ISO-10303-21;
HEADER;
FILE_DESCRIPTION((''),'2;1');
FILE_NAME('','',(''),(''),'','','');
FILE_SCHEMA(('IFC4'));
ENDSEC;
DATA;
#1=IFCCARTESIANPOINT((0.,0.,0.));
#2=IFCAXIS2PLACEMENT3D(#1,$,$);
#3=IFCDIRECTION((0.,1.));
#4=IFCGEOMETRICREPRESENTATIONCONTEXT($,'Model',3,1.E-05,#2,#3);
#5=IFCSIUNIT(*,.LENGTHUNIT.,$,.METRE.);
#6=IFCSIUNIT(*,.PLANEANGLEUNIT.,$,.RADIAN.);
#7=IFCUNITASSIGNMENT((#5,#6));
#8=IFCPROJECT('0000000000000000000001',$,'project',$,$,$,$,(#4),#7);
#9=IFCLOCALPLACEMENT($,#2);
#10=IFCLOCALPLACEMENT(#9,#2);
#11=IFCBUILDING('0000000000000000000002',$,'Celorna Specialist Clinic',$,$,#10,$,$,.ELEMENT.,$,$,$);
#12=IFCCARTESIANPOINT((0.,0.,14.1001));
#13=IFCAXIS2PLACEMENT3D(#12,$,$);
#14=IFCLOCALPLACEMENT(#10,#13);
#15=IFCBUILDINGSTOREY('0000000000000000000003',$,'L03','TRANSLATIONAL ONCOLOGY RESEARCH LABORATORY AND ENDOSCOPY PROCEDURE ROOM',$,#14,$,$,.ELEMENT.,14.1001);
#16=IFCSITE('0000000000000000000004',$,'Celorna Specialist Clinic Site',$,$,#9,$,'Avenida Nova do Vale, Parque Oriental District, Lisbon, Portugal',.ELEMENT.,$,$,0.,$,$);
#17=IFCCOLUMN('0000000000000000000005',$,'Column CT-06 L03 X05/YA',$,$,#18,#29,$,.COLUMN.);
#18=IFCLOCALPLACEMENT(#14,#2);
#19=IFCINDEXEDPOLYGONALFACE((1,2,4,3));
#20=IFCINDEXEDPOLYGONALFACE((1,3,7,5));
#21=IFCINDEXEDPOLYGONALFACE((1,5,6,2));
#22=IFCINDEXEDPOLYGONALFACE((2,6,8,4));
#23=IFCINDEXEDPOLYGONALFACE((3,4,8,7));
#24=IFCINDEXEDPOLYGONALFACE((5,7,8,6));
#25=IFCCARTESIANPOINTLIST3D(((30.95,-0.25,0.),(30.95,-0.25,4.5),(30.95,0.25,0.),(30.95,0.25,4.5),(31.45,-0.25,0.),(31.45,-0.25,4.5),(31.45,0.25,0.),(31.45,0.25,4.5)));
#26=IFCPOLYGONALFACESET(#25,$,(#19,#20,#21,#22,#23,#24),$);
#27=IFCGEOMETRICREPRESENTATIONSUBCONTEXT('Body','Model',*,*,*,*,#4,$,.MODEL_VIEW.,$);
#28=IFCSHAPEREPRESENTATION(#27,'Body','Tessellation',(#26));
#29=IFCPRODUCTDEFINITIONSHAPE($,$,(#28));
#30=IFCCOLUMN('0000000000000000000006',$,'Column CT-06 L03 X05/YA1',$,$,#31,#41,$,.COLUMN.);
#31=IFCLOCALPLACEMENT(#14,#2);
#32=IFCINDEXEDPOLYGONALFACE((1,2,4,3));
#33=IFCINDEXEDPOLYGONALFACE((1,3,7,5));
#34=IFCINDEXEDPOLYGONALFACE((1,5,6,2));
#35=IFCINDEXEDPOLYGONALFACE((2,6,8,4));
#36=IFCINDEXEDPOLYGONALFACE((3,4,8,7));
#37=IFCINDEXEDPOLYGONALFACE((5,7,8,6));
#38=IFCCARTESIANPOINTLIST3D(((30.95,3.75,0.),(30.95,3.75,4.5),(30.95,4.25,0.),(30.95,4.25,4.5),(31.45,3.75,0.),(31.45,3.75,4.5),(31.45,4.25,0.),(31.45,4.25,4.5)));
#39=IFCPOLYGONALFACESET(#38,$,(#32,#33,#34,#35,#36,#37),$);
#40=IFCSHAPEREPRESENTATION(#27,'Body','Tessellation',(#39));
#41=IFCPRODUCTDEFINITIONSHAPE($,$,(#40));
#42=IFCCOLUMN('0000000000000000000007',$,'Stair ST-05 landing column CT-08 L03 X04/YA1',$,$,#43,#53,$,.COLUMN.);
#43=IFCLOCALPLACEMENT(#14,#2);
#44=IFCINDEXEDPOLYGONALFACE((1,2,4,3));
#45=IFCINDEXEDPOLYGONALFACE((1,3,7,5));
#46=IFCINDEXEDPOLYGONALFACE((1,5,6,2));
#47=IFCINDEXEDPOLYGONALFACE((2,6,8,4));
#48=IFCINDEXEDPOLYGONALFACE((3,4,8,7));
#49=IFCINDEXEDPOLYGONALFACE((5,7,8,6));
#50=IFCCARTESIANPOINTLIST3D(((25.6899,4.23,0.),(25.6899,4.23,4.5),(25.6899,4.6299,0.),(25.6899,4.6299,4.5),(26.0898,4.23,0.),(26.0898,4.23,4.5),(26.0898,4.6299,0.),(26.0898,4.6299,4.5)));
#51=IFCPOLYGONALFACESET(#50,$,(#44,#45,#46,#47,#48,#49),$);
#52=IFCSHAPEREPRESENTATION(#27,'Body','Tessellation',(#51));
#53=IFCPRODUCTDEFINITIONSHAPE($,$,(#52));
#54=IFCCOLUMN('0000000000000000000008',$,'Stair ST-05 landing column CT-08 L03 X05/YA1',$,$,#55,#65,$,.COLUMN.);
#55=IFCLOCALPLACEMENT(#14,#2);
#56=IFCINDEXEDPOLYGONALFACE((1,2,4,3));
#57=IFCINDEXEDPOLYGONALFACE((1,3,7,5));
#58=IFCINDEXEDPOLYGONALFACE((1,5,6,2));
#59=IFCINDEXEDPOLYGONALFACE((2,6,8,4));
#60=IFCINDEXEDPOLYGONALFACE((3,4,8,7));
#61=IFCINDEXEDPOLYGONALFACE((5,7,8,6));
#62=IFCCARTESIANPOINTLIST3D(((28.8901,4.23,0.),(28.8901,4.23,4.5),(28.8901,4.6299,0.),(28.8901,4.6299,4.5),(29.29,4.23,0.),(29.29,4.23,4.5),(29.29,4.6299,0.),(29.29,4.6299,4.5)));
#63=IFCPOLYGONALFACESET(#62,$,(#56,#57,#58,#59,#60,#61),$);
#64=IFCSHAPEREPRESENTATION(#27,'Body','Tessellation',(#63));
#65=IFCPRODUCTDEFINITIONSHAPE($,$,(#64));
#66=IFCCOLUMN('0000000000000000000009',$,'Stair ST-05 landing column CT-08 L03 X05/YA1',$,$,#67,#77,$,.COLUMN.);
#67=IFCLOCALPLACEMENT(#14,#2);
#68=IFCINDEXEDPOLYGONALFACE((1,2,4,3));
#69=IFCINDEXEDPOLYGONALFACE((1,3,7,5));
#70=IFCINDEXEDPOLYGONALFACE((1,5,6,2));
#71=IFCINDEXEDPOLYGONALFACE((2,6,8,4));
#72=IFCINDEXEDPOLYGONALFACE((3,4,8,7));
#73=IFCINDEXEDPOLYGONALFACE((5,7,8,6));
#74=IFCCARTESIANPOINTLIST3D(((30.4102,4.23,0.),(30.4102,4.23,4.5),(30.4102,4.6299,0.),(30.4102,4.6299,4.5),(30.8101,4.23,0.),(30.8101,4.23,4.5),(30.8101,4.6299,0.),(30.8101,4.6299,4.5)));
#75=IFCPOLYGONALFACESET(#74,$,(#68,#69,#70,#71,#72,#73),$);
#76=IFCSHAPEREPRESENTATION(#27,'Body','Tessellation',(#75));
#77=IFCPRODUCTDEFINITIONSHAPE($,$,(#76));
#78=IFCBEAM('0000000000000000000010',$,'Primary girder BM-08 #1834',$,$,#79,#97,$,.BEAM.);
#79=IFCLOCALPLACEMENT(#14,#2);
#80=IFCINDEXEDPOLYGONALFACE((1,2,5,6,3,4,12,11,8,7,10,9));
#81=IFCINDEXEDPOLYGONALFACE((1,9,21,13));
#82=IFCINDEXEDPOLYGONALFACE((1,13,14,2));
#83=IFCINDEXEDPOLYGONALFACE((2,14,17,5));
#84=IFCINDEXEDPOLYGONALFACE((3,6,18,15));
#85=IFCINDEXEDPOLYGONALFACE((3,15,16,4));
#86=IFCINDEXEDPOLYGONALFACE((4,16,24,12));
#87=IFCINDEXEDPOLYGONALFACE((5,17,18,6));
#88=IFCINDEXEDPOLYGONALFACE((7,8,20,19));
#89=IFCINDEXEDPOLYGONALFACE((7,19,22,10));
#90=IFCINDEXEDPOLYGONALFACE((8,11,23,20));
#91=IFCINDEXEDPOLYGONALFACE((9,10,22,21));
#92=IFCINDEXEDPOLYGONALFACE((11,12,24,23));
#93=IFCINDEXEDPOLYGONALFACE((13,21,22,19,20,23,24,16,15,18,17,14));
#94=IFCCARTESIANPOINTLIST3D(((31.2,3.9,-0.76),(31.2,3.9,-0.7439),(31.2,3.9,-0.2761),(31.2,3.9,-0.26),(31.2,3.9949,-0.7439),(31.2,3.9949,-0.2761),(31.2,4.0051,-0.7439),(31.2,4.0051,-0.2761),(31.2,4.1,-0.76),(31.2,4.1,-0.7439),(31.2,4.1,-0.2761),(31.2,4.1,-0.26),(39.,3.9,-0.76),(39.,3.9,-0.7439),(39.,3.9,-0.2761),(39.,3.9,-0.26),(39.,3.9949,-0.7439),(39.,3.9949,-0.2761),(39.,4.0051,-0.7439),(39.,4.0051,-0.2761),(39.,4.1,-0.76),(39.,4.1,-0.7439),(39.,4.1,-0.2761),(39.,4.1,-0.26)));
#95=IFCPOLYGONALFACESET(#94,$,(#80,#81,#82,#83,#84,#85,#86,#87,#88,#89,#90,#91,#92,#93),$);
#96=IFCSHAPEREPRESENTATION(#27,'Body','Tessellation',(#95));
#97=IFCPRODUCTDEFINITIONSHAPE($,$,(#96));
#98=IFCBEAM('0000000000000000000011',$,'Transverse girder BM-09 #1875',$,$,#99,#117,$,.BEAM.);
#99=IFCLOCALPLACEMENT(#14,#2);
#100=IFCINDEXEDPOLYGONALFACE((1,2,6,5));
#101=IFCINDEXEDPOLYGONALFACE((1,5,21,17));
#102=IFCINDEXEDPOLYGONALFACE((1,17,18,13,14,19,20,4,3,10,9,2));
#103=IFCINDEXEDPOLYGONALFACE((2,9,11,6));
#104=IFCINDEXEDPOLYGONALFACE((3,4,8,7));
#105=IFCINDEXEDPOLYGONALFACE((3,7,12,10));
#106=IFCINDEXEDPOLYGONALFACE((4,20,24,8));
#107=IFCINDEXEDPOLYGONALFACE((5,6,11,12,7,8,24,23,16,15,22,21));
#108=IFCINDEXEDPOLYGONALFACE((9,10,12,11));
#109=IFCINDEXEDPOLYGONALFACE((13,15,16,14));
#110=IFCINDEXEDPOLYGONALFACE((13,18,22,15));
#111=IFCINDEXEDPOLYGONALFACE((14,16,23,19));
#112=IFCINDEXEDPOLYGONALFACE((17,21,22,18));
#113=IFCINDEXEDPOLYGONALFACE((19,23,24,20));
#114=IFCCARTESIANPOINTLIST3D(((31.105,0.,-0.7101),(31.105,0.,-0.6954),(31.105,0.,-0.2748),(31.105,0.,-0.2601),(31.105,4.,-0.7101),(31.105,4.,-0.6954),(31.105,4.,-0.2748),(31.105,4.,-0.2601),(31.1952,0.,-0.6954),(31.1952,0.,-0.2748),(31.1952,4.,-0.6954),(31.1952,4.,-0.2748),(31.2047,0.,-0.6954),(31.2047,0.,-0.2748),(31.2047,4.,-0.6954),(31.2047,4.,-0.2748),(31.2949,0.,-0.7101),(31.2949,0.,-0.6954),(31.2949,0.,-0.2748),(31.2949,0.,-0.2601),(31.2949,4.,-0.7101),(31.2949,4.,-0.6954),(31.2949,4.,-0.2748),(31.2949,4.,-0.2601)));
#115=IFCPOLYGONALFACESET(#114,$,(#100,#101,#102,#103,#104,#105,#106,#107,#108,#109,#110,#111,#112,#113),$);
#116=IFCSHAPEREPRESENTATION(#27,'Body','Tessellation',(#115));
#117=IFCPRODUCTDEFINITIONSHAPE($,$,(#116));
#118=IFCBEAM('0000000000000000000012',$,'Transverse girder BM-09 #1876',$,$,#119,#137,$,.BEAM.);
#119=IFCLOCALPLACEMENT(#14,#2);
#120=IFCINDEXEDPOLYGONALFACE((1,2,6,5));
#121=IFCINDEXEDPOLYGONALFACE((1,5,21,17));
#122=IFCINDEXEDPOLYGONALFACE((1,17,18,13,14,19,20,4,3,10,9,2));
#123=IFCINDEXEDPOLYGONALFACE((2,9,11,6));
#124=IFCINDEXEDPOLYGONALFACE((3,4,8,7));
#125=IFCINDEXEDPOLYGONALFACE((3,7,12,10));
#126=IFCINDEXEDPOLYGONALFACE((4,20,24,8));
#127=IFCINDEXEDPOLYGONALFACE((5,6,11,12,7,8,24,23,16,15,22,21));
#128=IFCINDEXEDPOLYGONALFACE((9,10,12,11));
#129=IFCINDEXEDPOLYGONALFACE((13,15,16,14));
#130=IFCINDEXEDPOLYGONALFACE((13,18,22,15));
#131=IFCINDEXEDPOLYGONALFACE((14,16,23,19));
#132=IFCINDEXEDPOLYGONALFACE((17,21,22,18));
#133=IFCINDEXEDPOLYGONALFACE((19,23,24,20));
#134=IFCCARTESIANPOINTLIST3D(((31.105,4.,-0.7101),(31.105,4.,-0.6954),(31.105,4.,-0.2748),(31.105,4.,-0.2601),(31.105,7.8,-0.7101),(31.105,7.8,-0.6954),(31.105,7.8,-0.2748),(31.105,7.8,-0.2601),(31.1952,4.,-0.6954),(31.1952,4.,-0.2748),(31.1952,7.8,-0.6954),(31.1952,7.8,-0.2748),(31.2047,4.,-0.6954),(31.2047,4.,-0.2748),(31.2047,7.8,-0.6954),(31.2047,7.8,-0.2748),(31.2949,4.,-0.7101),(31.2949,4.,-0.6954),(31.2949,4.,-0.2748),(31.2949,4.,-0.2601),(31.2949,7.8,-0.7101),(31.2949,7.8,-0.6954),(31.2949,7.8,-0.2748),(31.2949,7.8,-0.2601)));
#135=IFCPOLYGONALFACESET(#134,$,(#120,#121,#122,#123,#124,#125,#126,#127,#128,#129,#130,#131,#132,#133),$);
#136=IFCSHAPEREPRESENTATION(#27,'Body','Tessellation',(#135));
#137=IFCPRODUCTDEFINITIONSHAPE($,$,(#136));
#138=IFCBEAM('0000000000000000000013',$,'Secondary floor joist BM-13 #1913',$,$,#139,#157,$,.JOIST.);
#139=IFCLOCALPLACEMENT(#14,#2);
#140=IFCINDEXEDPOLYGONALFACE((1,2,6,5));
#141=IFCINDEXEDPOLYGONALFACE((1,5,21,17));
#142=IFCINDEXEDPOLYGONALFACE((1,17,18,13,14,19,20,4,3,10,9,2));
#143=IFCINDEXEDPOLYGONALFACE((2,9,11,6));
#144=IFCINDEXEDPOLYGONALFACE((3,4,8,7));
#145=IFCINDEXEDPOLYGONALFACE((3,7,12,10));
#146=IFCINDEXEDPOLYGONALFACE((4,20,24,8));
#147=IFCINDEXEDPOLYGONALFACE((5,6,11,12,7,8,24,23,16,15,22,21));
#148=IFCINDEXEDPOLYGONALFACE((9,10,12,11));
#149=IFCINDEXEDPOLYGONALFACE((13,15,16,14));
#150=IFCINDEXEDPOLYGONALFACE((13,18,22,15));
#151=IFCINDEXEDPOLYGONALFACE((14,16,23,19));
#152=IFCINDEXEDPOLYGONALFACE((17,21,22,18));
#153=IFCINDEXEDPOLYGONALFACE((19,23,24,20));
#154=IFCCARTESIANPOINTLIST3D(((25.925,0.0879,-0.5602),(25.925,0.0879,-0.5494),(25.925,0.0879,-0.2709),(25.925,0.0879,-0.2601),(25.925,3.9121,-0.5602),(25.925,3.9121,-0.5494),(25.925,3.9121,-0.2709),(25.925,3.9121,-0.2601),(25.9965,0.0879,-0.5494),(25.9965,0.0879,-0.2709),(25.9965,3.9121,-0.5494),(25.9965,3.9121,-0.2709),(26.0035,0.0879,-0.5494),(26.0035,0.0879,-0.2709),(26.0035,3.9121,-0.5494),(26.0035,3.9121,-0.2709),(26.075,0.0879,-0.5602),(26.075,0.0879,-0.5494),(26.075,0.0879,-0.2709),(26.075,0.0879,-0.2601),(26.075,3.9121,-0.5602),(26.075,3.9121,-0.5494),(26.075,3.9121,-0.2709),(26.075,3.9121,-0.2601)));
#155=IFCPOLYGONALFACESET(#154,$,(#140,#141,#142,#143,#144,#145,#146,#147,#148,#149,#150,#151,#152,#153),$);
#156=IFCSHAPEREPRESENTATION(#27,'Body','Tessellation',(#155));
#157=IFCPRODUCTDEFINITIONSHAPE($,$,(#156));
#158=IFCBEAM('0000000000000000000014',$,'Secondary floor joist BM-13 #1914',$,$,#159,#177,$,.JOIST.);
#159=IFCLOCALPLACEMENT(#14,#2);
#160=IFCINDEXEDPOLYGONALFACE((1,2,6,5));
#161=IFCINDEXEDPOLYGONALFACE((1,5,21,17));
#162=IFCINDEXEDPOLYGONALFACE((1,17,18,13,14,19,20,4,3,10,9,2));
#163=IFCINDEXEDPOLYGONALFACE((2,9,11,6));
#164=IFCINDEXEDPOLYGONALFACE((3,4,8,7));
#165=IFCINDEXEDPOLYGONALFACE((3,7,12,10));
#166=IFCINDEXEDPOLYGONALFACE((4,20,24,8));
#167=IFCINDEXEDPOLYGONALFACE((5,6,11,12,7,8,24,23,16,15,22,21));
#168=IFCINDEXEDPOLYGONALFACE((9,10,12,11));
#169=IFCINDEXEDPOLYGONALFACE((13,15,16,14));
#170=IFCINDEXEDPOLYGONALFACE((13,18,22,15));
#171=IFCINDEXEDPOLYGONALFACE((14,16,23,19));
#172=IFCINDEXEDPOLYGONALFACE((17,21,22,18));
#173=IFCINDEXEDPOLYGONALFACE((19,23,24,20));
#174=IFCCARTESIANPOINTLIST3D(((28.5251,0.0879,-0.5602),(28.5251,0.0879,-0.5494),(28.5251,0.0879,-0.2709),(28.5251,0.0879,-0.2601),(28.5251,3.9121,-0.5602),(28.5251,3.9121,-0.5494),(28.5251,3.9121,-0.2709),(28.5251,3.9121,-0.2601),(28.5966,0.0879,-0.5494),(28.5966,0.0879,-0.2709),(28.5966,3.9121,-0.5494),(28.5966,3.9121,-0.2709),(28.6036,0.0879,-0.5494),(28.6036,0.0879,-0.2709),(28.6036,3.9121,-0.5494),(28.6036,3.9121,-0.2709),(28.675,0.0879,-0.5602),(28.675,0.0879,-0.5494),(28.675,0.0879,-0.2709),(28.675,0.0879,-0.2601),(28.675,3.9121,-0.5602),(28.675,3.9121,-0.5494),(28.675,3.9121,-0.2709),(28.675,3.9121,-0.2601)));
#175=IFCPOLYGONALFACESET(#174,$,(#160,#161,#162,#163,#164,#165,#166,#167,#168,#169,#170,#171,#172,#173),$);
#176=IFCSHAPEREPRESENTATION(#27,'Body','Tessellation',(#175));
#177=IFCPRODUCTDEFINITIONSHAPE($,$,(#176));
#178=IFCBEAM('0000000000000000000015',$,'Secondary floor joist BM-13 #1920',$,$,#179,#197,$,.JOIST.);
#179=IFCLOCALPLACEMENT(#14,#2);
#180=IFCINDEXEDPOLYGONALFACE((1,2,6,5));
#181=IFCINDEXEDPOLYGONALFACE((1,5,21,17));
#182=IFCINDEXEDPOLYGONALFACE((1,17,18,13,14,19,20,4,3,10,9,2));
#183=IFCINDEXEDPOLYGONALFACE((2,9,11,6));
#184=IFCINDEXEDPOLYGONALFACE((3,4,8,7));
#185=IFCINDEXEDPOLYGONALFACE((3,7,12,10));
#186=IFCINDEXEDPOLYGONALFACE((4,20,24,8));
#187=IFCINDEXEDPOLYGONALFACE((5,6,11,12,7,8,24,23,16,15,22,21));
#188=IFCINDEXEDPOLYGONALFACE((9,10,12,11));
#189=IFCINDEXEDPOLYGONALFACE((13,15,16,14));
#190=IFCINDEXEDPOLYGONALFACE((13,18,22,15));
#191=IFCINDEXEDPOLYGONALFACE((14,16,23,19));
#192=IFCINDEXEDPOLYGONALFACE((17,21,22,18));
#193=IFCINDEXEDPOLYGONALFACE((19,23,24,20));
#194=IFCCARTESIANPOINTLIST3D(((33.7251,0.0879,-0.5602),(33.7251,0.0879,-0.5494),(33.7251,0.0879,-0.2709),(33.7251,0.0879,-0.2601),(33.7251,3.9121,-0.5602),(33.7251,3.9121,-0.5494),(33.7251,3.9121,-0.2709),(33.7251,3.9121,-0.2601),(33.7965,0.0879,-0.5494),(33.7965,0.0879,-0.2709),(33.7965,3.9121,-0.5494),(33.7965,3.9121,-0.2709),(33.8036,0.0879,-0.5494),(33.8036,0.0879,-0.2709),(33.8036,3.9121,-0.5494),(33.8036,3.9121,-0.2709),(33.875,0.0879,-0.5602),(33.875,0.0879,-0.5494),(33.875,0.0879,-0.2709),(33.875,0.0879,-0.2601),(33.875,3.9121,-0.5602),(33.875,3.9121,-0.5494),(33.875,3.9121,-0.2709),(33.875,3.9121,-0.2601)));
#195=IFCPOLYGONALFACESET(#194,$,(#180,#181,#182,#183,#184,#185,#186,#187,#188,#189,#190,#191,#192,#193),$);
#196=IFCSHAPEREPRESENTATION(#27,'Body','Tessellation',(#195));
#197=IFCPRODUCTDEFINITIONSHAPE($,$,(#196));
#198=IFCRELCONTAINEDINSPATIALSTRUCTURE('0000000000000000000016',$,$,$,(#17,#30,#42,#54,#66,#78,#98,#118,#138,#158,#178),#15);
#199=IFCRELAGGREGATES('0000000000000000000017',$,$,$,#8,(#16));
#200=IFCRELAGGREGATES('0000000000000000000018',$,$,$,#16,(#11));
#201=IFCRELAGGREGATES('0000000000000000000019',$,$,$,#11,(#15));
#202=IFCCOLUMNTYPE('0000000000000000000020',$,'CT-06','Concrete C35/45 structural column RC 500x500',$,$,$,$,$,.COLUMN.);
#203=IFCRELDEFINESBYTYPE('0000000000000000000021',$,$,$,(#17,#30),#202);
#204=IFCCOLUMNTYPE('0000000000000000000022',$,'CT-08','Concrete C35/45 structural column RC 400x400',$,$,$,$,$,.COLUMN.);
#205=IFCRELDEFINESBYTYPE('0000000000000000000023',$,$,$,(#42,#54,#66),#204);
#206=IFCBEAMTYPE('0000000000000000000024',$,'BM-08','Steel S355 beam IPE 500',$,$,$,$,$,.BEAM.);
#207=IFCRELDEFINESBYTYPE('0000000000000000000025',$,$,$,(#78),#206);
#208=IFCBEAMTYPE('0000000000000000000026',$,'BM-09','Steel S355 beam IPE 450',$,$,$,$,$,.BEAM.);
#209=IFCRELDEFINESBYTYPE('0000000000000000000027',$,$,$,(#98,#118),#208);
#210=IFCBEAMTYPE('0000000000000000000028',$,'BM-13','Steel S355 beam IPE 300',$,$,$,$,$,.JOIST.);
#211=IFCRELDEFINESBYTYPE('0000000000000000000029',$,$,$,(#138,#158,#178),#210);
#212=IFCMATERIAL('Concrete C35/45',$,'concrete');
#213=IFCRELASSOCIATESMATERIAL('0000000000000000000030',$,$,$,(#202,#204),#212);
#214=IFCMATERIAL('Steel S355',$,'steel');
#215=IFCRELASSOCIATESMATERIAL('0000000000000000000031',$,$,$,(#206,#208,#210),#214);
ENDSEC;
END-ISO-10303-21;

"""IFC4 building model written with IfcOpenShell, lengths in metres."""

from ifc_helpers import new_model, si_unit, direction, frame, origin, origin_2d, place, context, subcontext, project, spatial, rectangle, i_section, extrude, material, material_profile, profile_set, type_object, element, save


model = new_model("IFC4")

# Units and contexts
model_context = context("Model", 3, precision=1e-05, world=origin(), true_north=direction((0.0, 1.0)))
body_context = subcontext(model_context, "Body", "Model", "MODEL_VIEW")
ifc_project = project(units=[si_unit("LENGTHUNIT", "METRE"), si_unit("PLANEANGLEUNIT", "RADIAN")], contexts=[model_context])

# Site, building, storey
site_placement = place(None, origin())
site = spatial("IfcSite", under=ifc_project, at=site_placement, Name="Celorna Specialist Clinic Site", LongName="Avenida Nova do Vale, Parque Oriental District, Lisbon, Portugal", CompositionType="ELEMENT", RefElevation=0.0)
building_placement = place(site_placement, origin())
building = spatial("IfcBuilding", under=site, at=building_placement, Name="Celorna Specialist Clinic", CompositionType="ELEMENT")
storey_placement = place(building_placement, frame((0.0, 0.0, 14.1001)))
storey = spatial("IfcBuildingStorey", under=building, at=storey_placement, Name="L03", Description="TRANSLATIONAL ONCOLOGY RESEARCH LABORATORY AND ENDOSCOPY PROCEDURE ROOM", CompositionType="ELEMENT", Elevation=14.1001)

# Columns
ifc_material_1 = material(Name="Concrete C35/45", Category="concrete")
ifc_material_profile_1 = material_profile(ifc_material_1, rectangle(XDim=0.5, YDim=0.5, at=origin_2d()), Name="RC 500x500")
ifc_profile_set_1 = profile_set([ifc_material_profile_1], Name="Concrete C35/45")
column_type_1 = type_object("IfcColumnType", Name="CT-06", Description="Concrete C35/45 structural column RC 500x500", PredefinedType="COLUMN", material=ifc_profile_set_1)
for number, where, z_axis, x_axis, name in (
    (1, (31.2, 0.0, 0.0), (0.0, 0.0, 1.0), (1.0, 0.0, 0.0), "Column CT-06 L03 X05/YA"),
    (2, (31.2, 4.0, 0.0), (0.0, 0.0, 1.0), (1.0, 0.0, 0.0), "Column CT-06 L03 X05/YA1"),
):
    element("IfcColumn", number, at=place(storey_placement, frame(where, z_axis=z_axis, x_axis=x_axis)), inside=storey, type_object=column_type_1, Name=name, PredefinedType="COLUMN", context=body_context, shape_type="SweptSolid", body=[
        extrude(rectangle(XDim=0.5, YDim=0.5, at=origin_2d()), origin(), (0.0, 0.0, 1.0), 4.5),
    ])
ifc_material_profile_2 = material_profile(ifc_material_1, rectangle(XDim=0.3999, YDim=0.3999, at=origin_2d()), Name="RC 400x400")
ifc_profile_set_2 = profile_set([ifc_material_profile_2], Name="Concrete C35/45")
column_type_2 = type_object("IfcColumnType", Name="CT-08", Description="Concrete C35/45 structural column RC 400x400", PredefinedType="COLUMN", material=ifc_profile_set_2)
for number, where, z_axis, x_axis, name in (
    (3, (25.8899, 4.4299, 0.0), (0.0, 0.0, 1.0), (1.0, 0.0, 0.0), "Stair ST-05 landing column CT-08 L03 X04/YA1"),
    (4, (29.0901, 4.4299, 0.0), (0.0, 0.0, 1.0), (1.0, 0.0, 0.0), "Stair ST-05 landing column CT-08 L03 X05/YA1"),
    (5, (30.6101, 4.4299, 0.0), (0.0, 0.0, 1.0), (1.0, 0.0, 0.0), "Stair ST-05 landing column CT-08 L03 X05/YA1"),
):
    element("IfcColumn", number, at=place(storey_placement, frame(where, z_axis=z_axis, x_axis=x_axis)), inside=storey, type_object=column_type_2, Name=name, PredefinedType="COLUMN", context=body_context, shape_type="SweptSolid", body=[
        extrude(rectangle(XDim=0.3999, YDim=0.3999, at=origin_2d()), origin(), (0.0, 0.0, 1.0), 4.5),
    ])

# Beams
ifc_material_2 = material(Name="Steel S355", Category="steel")
ifc_material_profile_3 = material_profile(ifc_material_2, i_section(OverallWidth=0.2, OverallDepth=0.5, WebThickness=0.0103, FlangeThickness=0.0161, at=origin_2d()), Name="IPE 500")
ifc_profile_set_3 = profile_set([ifc_material_profile_3], Name="Steel S355")
beam_type_1 = type_object("IfcBeamType", Name="BM-08", Description="Steel S355 beam IPE 500", PredefinedType="BEAM", material=ifc_profile_set_3)
beam_1_placement = place(storey_placement, frame((31.2, 4.0, -0.51), z_axis=(1.0, 0.0, 0.0), x_axis=(0.0, 1.0, 0.0)))
element("IfcBeam", 6, at=beam_1_placement, inside=storey, type_object=beam_type_1, Name="Primary girder BM-08 #1834", PredefinedType="BEAM", context=body_context, shape_type="SweptSolid", body=[
    extrude(i_section(OverallWidth=0.2, OverallDepth=0.5, WebThickness=0.0103, FlangeThickness=0.0161, at=origin_2d()), origin(), (0.0, 0.0, 1.0), 7.8),
])
ifc_material_profile_4 = material_profile(ifc_material_2, i_section(OverallWidth=0.1899, OverallDepth=0.45, WebThickness=0.0095, FlangeThickness=0.0146, at=origin_2d()), Name="IPE 450")
ifc_profile_set_4 = profile_set([ifc_material_profile_4], Name="Steel S355")
beam_type_2 = type_object("IfcBeamType", Name="BM-09", Description="Steel S355 beam IPE 450", PredefinedType="BEAM", material=ifc_profile_set_4)
beam_2_placement = place(storey_placement, frame((31.2, 0.0, -0.4851), z_axis=(0.0, 1.0, 0.0), x_axis=(-1.0, 0.0, 0.0)))
element("IfcBeam", 7, at=beam_2_placement, inside=storey, type_object=beam_type_2, Name="Transverse girder BM-09 #1875", PredefinedType="BEAM", context=body_context, shape_type="SweptSolid", body=[
    extrude(i_section(OverallWidth=0.1899, OverallDepth=0.45, WebThickness=0.0095, FlangeThickness=0.0146, at=origin_2d()), origin(), (0.0, 0.0, 1.0), 4.0),
])
beam_3_placement = place(storey_placement, frame((31.2, 4.0, -0.4851), z_axis=(0.0, 1.0, 0.0), x_axis=(-1.0, 0.0, 0.0)))
element("IfcBeam", 8, at=beam_3_placement, inside=storey, type_object=beam_type_2, Name="Transverse girder BM-09 #1876", PredefinedType="BEAM", context=body_context, shape_type="SweptSolid", body=[
    extrude(i_section(OverallWidth=0.1899, OverallDepth=0.45, WebThickness=0.0095, FlangeThickness=0.0146, at=origin_2d()), origin(), (0.0, 0.0, 1.0), 3.8),
])
ifc_material_profile_5 = material_profile(ifc_material_2, i_section(OverallWidth=0.1499, OverallDepth=0.3, WebThickness=0.0071, FlangeThickness=0.0107, at=origin_2d()), Name="IPE 300")
ifc_profile_set_5 = profile_set([ifc_material_profile_5], Name="Steel S355")
beam_type_3 = type_object("IfcBeamType", Name="BM-13", Description="Steel S355 beam IPE 300", PredefinedType="JOIST", material=ifc_profile_set_5)
for number, where, z_axis, x_axis, name in (
    (9, (26.0, 0.0879, -0.4102), (0.0, 1.0, 0.0), (-1.0, 0.0, 0.0), "Secondary floor joist BM-13 #1913"),
    (10, (28.6001, 0.0879, -0.4102), (0.0, 1.0, 0.0), (-1.0, 0.0, 0.0), "Secondary floor joist BM-13 #1914"),
    (11, (33.8, 0.0879, -0.4102), (0.0, 1.0, 0.0), (-1.0, 0.0, 0.0), "Secondary floor joist BM-13 #1920"),
):
    element("IfcBeam", number, at=place(storey_placement, frame(where, z_axis=z_axis, x_axis=x_axis)), inside=storey, type_object=beam_type_3, Name=name, PredefinedType="JOIST", context=body_context, shape_type="SweptSolid", body=[
        extrude(i_section(OverallWidth=0.1499, OverallDepth=0.3, WebThickness=0.0071, FlangeThickness=0.0107, at=origin_2d()), origin(), (0.0, 0.0, 1.0), 3.8242),
    ])

save(model, "model.ifc")
